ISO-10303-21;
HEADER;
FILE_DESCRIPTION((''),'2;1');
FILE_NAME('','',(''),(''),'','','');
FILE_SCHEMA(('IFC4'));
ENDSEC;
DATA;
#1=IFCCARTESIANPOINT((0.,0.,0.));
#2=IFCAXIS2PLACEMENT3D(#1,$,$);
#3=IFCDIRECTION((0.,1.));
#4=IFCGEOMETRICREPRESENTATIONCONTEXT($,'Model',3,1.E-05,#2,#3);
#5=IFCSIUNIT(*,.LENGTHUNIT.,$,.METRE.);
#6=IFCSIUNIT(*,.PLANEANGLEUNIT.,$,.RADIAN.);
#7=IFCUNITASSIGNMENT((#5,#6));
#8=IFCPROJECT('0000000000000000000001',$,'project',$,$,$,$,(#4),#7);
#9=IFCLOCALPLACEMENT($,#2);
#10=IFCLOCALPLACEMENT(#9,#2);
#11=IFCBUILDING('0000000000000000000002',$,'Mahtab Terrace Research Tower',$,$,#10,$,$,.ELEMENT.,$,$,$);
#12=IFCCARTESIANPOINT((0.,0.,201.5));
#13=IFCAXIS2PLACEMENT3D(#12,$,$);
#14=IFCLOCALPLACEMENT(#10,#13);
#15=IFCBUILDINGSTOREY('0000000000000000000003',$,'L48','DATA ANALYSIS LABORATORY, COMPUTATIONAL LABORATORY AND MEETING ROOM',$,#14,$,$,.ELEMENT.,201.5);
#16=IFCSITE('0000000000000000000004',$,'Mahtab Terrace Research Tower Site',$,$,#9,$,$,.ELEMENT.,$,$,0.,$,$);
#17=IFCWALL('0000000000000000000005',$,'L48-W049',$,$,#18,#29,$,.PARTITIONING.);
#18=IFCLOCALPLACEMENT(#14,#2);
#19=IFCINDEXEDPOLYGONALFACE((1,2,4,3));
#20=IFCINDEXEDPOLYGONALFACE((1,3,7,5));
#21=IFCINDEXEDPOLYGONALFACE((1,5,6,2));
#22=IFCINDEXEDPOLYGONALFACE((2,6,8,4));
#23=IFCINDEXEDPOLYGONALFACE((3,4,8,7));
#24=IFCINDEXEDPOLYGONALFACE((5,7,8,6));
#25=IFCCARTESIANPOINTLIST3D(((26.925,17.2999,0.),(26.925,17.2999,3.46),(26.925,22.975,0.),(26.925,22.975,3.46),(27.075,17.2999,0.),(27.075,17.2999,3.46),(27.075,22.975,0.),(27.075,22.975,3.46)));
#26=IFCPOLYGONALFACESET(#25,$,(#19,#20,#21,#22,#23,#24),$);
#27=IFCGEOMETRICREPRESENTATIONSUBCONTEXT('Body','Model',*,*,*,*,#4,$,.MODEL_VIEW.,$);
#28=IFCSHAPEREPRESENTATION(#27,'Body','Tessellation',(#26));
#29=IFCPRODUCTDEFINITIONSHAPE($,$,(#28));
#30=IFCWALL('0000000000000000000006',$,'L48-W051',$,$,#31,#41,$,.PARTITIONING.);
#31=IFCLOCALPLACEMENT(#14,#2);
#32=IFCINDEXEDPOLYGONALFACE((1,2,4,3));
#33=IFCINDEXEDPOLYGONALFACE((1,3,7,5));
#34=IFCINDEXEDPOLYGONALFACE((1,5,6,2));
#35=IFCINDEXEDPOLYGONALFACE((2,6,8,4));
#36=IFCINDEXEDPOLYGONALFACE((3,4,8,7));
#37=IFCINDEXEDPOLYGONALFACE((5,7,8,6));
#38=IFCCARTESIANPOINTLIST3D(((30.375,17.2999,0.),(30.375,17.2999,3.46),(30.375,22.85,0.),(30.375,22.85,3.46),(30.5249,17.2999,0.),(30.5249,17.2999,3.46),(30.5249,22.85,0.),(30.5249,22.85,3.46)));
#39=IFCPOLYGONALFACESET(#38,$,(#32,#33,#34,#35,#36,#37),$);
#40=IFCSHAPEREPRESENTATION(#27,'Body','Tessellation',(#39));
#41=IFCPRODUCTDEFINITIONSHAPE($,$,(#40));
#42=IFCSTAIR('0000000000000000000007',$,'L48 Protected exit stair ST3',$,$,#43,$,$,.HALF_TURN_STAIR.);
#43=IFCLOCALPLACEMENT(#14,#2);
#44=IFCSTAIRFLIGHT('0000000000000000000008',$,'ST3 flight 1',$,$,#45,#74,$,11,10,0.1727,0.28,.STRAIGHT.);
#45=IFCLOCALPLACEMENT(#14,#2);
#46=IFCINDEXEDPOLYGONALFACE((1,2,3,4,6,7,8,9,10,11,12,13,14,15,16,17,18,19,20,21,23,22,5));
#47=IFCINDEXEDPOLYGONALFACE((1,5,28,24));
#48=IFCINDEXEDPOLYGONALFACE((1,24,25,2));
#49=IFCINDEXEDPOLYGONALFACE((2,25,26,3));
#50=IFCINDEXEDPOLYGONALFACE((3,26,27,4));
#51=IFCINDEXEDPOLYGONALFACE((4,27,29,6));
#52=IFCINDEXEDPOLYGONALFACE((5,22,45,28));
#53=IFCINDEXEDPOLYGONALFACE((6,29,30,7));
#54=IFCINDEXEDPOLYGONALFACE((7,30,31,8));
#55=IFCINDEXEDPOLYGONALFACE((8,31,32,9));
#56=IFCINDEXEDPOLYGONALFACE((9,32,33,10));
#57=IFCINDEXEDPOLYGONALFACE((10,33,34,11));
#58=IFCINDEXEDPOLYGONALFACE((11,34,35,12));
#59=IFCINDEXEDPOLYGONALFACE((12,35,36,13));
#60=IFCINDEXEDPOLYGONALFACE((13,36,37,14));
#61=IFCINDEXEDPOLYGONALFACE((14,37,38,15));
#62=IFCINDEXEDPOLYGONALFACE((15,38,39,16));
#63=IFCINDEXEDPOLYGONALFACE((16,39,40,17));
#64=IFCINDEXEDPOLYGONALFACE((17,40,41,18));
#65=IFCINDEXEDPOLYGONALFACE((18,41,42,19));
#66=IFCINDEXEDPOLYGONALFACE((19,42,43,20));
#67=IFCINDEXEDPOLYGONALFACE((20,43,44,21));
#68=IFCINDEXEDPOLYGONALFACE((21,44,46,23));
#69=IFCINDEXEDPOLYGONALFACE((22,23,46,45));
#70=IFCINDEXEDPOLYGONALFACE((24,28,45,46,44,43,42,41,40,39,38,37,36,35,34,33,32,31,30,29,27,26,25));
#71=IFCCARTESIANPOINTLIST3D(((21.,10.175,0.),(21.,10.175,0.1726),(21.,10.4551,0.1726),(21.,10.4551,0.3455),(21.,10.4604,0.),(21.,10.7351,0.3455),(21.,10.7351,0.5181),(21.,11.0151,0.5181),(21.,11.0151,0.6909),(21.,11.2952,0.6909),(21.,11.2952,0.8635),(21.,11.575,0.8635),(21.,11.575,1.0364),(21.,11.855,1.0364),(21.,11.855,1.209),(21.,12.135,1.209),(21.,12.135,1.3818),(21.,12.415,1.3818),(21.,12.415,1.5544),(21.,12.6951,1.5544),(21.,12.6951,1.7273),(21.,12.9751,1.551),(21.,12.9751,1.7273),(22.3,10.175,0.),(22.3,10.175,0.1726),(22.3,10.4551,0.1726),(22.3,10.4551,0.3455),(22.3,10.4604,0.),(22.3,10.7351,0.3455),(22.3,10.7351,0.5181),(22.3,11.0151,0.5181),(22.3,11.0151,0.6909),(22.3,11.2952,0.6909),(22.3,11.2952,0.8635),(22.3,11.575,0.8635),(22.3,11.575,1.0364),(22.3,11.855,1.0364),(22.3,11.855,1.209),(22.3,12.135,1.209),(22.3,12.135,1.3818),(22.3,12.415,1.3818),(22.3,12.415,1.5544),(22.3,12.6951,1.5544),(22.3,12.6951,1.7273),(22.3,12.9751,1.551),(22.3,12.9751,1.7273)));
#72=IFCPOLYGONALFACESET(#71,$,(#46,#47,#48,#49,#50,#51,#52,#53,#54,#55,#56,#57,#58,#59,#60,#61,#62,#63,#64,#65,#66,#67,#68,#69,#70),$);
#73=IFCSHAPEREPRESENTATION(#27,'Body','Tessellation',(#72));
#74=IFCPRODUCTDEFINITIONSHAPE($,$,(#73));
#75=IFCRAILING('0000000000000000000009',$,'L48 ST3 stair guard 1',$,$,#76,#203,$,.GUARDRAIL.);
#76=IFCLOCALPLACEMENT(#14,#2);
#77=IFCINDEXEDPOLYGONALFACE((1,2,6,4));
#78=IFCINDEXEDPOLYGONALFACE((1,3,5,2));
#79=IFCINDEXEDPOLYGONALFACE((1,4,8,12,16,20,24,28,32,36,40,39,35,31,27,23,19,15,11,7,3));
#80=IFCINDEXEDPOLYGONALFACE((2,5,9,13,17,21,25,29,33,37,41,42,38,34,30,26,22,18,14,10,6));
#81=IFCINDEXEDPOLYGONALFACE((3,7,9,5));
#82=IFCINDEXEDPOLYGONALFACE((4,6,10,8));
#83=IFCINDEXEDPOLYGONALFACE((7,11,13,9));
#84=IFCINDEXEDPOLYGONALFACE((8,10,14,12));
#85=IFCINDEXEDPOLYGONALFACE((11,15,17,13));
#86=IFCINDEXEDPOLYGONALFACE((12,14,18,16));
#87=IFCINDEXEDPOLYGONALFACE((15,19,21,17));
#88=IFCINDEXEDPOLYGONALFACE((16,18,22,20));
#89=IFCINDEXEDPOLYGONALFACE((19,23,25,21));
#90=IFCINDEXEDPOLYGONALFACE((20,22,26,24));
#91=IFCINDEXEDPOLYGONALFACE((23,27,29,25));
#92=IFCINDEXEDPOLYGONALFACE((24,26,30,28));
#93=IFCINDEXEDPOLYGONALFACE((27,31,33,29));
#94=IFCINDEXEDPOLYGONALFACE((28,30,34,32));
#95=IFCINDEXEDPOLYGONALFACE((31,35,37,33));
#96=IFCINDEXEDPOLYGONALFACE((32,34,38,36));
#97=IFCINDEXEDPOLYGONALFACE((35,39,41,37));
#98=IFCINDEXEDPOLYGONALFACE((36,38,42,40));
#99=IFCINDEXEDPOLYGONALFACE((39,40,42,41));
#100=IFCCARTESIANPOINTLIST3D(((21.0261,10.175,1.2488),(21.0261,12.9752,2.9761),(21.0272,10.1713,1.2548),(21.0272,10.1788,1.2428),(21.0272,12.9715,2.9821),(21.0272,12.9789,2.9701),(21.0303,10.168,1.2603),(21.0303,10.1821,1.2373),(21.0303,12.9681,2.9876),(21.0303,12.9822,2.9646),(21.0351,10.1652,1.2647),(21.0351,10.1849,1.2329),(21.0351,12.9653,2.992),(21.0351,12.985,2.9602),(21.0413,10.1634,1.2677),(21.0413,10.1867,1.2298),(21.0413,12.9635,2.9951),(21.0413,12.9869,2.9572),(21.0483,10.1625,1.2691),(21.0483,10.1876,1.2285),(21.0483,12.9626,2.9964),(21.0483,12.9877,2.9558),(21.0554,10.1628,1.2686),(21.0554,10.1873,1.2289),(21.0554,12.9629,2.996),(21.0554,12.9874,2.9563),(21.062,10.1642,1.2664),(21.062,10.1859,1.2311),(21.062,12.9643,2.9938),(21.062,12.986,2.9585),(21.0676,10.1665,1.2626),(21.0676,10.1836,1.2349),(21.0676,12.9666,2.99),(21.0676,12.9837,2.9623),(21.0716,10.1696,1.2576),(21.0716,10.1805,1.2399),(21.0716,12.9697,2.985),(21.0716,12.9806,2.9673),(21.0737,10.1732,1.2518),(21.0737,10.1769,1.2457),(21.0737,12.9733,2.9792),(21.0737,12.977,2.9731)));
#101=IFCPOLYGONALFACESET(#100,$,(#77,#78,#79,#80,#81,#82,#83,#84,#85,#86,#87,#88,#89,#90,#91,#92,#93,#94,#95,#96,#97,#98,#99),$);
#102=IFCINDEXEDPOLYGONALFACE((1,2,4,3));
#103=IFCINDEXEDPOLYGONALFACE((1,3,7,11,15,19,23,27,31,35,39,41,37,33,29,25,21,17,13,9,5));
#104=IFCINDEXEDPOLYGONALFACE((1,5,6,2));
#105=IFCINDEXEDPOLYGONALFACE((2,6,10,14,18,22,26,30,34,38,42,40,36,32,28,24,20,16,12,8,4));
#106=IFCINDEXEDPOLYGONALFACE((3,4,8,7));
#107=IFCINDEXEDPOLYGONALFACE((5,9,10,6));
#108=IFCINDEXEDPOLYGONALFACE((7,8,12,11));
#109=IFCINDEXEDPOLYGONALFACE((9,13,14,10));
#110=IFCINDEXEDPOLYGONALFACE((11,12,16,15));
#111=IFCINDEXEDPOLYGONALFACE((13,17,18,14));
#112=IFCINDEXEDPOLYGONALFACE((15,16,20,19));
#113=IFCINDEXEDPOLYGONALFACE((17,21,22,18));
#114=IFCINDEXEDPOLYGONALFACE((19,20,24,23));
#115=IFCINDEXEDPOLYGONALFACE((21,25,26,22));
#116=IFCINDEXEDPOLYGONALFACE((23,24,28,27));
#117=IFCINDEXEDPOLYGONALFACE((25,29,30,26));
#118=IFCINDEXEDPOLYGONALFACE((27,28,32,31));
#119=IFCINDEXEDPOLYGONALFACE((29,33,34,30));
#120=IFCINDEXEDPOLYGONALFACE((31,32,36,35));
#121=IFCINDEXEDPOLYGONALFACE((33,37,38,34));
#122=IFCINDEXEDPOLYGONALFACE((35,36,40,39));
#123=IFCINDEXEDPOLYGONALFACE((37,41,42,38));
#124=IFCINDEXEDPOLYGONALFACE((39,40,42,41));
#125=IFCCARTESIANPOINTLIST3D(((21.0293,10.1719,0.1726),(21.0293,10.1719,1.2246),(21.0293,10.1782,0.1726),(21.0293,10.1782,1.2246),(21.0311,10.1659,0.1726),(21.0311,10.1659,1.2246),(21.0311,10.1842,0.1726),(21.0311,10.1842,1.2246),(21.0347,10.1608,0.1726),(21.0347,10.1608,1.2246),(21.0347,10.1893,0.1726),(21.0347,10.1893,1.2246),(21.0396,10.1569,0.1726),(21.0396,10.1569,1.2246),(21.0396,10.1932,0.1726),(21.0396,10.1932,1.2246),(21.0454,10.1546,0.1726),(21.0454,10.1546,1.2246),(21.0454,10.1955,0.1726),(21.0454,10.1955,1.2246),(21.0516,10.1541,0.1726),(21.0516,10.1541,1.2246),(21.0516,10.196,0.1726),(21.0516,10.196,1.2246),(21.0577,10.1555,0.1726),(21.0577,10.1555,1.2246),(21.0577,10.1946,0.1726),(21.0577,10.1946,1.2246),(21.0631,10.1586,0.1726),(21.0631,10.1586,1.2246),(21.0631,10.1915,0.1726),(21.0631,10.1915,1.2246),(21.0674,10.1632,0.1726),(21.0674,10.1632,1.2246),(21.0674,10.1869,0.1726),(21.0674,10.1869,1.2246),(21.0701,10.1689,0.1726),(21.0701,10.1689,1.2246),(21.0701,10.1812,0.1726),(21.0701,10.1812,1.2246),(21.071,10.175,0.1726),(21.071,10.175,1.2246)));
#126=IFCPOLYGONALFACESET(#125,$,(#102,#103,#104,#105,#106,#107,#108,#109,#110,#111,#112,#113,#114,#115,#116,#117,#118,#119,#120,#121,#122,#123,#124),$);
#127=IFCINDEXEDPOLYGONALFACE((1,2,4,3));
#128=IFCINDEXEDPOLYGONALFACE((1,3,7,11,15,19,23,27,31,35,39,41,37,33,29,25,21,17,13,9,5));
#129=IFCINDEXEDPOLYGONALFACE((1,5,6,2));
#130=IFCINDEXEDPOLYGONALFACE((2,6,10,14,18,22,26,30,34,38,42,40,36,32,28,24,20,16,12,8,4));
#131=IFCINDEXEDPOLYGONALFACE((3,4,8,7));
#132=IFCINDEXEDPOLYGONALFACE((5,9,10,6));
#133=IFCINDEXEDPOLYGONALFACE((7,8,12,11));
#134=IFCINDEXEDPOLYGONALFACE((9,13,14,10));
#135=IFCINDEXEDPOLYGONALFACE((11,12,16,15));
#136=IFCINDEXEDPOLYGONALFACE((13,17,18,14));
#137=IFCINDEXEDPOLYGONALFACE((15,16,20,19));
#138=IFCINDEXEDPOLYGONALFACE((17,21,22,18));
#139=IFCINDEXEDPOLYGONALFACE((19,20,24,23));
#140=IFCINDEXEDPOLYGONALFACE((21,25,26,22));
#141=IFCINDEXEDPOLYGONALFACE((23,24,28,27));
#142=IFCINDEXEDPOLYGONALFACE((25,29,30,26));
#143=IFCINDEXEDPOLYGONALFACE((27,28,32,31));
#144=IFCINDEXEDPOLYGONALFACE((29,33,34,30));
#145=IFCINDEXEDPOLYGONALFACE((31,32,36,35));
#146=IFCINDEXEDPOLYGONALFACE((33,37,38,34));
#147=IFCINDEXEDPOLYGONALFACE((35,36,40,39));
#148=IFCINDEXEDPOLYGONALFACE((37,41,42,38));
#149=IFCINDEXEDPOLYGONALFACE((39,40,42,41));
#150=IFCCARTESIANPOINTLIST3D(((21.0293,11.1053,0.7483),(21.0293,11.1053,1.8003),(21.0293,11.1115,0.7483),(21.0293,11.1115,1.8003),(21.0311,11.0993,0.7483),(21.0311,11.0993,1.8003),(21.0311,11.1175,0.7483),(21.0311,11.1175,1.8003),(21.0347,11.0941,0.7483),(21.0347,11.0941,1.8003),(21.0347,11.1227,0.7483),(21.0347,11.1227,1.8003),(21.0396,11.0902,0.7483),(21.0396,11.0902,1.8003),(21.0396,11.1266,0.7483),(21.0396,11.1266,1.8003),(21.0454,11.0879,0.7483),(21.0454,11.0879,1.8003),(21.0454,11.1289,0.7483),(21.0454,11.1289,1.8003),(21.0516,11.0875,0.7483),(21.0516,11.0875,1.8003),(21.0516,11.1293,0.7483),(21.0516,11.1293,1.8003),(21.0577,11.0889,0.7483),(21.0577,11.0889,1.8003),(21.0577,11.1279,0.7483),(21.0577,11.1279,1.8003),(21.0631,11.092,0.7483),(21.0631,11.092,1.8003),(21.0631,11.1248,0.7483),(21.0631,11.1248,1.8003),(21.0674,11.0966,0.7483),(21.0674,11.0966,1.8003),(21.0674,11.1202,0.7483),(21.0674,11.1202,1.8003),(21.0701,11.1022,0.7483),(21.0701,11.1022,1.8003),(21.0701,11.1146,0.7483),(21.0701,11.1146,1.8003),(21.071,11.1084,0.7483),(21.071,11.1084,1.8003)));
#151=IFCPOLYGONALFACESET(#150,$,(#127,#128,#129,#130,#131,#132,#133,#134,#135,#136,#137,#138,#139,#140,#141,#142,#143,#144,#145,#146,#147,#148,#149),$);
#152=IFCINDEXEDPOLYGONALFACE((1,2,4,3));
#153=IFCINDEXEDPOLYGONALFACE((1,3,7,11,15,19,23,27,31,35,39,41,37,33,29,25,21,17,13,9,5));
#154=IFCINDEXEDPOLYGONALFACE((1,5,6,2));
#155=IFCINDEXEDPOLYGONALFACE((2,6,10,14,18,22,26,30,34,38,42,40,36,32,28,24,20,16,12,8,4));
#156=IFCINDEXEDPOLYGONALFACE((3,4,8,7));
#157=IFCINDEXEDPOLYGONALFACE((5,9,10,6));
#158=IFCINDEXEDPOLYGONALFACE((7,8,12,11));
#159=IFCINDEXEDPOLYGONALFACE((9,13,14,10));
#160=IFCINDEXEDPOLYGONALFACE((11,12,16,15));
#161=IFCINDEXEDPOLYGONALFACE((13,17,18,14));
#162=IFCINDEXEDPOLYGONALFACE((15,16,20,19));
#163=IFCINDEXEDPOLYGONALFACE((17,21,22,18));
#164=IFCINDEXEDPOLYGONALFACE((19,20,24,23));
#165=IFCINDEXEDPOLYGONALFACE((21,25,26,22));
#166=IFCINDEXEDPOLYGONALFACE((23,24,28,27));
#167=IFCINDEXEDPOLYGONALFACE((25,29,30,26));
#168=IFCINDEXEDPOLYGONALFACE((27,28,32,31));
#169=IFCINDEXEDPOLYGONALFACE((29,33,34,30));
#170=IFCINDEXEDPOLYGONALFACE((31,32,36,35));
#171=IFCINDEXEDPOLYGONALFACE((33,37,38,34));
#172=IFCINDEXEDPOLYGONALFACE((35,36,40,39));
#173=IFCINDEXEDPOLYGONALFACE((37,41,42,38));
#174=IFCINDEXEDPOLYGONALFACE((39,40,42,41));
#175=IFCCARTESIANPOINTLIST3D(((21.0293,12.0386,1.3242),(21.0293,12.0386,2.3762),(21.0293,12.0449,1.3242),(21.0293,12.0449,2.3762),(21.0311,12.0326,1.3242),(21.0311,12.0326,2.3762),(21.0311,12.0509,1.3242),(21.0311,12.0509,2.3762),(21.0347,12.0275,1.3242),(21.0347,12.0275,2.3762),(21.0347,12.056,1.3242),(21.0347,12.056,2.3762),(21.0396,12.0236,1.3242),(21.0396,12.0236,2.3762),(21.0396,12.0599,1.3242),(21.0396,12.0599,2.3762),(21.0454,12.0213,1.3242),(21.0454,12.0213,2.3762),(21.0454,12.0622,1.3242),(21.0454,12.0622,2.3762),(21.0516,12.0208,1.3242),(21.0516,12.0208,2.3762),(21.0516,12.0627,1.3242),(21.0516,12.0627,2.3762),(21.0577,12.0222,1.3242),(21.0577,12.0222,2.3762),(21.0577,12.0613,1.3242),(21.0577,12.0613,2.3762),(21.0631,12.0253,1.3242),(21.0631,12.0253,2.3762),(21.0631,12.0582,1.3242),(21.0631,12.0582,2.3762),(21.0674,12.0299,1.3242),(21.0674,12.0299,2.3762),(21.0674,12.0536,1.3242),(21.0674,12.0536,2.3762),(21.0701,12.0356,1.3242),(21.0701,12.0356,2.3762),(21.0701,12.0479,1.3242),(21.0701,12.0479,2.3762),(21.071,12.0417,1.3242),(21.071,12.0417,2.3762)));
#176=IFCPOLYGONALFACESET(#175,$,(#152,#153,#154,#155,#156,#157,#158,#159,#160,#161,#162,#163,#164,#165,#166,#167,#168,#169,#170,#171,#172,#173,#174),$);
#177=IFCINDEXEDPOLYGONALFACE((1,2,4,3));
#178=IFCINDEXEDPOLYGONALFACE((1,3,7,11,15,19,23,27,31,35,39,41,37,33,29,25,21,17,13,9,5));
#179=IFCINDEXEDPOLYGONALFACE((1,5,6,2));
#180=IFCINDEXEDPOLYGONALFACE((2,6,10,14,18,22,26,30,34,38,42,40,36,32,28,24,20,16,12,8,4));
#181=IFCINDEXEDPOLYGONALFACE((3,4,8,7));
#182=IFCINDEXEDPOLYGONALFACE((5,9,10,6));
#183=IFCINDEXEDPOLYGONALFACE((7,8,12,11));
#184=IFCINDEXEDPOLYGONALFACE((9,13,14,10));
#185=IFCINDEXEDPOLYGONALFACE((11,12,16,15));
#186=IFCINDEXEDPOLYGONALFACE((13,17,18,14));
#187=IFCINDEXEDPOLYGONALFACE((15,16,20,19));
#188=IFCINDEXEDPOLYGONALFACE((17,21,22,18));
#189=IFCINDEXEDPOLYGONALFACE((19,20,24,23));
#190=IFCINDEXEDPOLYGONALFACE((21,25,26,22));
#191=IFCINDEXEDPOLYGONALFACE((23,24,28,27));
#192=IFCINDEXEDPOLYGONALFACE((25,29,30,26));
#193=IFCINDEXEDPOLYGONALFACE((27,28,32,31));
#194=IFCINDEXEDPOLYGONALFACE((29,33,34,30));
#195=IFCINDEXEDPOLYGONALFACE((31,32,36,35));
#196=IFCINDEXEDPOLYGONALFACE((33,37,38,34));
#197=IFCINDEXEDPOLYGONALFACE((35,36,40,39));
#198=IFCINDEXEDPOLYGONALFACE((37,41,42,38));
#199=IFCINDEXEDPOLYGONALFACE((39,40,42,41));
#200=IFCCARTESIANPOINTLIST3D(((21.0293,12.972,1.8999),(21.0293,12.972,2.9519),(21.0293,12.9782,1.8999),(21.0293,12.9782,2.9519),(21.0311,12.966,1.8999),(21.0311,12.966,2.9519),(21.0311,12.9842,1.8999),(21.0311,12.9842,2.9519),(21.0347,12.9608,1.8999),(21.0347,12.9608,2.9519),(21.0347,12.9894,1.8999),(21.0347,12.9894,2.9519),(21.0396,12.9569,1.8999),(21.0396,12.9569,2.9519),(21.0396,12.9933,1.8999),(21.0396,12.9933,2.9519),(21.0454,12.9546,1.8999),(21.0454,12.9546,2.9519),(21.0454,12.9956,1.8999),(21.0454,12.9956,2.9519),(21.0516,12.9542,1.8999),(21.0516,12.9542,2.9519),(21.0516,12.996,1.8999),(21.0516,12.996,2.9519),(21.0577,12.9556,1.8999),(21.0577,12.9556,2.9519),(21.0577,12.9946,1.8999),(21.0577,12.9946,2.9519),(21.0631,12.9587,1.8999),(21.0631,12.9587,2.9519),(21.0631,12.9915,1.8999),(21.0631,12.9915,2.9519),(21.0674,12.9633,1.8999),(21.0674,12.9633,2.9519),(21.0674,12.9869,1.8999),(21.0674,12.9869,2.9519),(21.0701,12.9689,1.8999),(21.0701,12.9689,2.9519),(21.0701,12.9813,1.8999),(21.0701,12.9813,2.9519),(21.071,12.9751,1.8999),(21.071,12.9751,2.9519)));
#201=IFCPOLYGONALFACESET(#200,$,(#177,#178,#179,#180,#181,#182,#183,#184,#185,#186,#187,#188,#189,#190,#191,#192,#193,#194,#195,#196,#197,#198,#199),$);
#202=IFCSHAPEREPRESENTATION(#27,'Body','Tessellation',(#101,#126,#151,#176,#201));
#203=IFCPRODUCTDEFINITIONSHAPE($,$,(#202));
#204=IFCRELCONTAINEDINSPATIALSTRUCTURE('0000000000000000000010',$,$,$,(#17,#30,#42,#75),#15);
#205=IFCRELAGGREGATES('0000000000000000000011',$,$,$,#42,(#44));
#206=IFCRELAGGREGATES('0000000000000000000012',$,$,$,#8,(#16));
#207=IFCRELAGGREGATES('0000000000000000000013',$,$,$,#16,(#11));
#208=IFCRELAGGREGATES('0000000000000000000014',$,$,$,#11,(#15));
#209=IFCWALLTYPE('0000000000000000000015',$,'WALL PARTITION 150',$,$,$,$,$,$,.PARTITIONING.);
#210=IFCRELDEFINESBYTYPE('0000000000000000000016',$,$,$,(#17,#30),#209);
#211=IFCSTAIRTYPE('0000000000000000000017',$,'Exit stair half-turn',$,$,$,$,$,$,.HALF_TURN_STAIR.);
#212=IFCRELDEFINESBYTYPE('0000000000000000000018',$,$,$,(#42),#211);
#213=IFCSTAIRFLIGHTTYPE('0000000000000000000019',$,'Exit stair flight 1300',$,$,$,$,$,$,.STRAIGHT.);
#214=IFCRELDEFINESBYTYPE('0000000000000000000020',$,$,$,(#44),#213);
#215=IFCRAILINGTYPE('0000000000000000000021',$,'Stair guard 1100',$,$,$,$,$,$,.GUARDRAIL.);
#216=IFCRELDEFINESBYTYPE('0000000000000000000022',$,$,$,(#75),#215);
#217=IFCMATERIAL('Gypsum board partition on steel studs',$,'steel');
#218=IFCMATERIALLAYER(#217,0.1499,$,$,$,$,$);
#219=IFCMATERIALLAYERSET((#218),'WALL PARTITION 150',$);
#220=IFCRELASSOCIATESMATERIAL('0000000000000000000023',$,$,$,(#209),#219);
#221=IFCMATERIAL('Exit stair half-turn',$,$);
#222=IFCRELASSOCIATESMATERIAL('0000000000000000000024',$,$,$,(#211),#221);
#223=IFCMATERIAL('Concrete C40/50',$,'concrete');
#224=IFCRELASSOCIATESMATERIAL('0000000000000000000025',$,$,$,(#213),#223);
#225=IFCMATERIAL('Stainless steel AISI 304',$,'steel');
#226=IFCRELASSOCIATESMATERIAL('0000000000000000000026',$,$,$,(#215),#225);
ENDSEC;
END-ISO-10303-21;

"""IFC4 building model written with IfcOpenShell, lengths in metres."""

from ifc_helpers import new_model, si_unit, direction, frame, frame_2d, origin, origin_2d, place, context, subcontext, project, spatial, polyline, rectangle, circle, outline, extrude, material, layer, layer_set, type_object, element, aggregate, save


model = new_model("IFC4")

# Units and contexts
model_context = context("Model", 3, precision=1e-05, world=origin(), true_north=direction((0.0, 1.0)))
body_context = subcontext(model_context, "Body", "Model", "MODEL_VIEW")
ifc_project = project(units=[si_unit("LENGTHUNIT", "METRE"), si_unit("PLANEANGLEUNIT", "RADIAN")], contexts=[model_context])

# Site, building, storey
site_placement = place(None, origin())
site = spatial("IfcSite", under=ifc_project, at=site_placement, Name="Mahtab Terrace Research Tower Site", CompositionType="ELEMENT", RefElevation=0.0)
building_placement = place(site_placement, origin())
building = spatial("IfcBuilding", under=site, at=building_placement, Name="Mahtab Terrace Research Tower", CompositionType="ELEMENT")
storey_placement = place(building_placement, frame((0.0, 0.0, 201.5)))
storey = spatial("IfcBuildingStorey", under=building, at=storey_placement, Name="L48", Description="DATA ANALYSIS LABORATORY, COMPUTATIONAL LABORATORY AND MEETING ROOM", CompositionType="ELEMENT", Elevation=201.5)

# Shared definitions
ifc_material_1 = material(Name="Stainless steel AISI 304", Category="steel")

# Walls
ifc_material_2 = material(Name="Gypsum board partition on steel studs", Category="steel")
ifc_layer_1 = layer(ifc_material_2, 0.1499)
ifc_layer_set_1 = layer_set([ifc_layer_1], Name="WALL PARTITION 150")
wall_type_1 = type_object("IfcWallType", Name="WALL PARTITION 150", PredefinedType="PARTITIONING", material=ifc_layer_set_1)
wall_1_placement = place(storey_placement, frame((27.0, 17.3, 0.0), z_axis=(0.0, 0.0, 1.0), x_axis=(0.0, 1.0, 0.0)))
element("IfcWall", 1, at=wall_1_placement, inside=storey, type_object=wall_type_1, Name="L48-W049", PredefinedType="PARTITIONING", context=body_context, shape_type="SweptSolid", body=[
    extrude(rectangle(XDim=5.675, YDim=0.1499, at=frame_2d((2.8374, 0.0))), origin(), (0.0, 0.0, 1.0), 3.46),
])
wall_2_placement = place(storey_placement, frame((30.45, 17.3, 0.0), z_axis=(0.0, 0.0, 1.0), x_axis=(0.0, 1.0, 0.0)))
element("IfcWall", 2, at=wall_2_placement, inside=storey, type_object=wall_type_1, Name="L48-W051", PredefinedType="PARTITIONING", context=body_context, shape_type="SweptSolid", body=[
    extrude(rectangle(XDim=5.55, YDim=0.1499, at=frame_2d((2.7749, 0.0))), origin(), (0.0, 0.0, 1.0), 3.46),
])

# Stair, stair flight
ifc_material_3 = material(Name="Exit stair half-turn")
stair_type = type_object("IfcStairType", Name="Exit stair half-turn", PredefinedType="HALF_TURN_STAIR", material=ifc_material_3)
stair_placement = place(storey_placement, origin())
stair = element("IfcStair", 3, at=stair_placement, inside=storey, type_object=stair_type, Name="L48 Protected exit stair ST3", PredefinedType="HALF_TURN_STAIR")
ifc_material_4 = material(Name="Concrete C40/50", Category="concrete")
stair_flight_type = type_object("IfcStairFlightType", Name="Exit stair flight 1300", PredefinedType="STRAIGHT", material=ifc_material_4)
stair_flight_placement = place(storey_placement, frame((21.6499, 10.175, 0.0), z_axis=(0.0, 0.0, 1.0), x_axis=(0.0, 1.0, 0.0)))
stair_flight = element("IfcStairFlight", 4, at=stair_flight_placement, type_object=stair_flight_type, Name="ST3 flight 1", NumberOfRisers=11, NumberOfTreads=10, PredefinedType="STRAIGHT", RiserHeight=0.1727, TreadLength=0.28, context=body_context, shape_type="SweptSolid", body=[
    extrude(outline(polyline([(0.0, 0.0), (0.0, 0.1726), (0.28, 0.1726), (0.28, 0.3455), (0.5601, 0.3455), (0.5601, 0.5181), (0.8401, 0.5181), (0.8401, 0.6909), (1.1201, 0.6909), (1.1201, 0.8635), (1.3999, 0.8635), (1.3999, 1.0364), (1.6799, 1.0364), (1.6799, 1.209), (1.96, 1.209), (1.96, 1.3818), (2.24, 1.3818), (2.24, 1.5544), (2.52, 1.5544), (2.52, 1.7273), (2.8, 1.7273), (2.8, 1.8999), (2.8, 1.551), (0.2854, 0.0), (0.0, 0.0)])), frame((0.0, 0.6499, 0.0), z_axis=(0.0, -1.0, 0.0), x_axis=(1.0, 0.0, 0.0)), (0.0, 0.0, 1.0), 1.3),
])
aggregate(stair, [stair_flight])

# Railing
railing_type_1 = type_object("IfcRailingType", Name="Stair guard 1100", PredefinedType="GUARDRAIL", material=ifc_material_1)
railing_1_placement = place(storey_placement, frame((21.05, 10.175, 0.1726)))
element("IfcRailing", 5, at=railing_1_placement, inside=storey, type_object=railing_type_1, Name="L48 ST3 stair guard 1", PredefinedType="GUARDRAIL", context=body_context, shape_type="SweptSolid", body=[
    extrude(circle(Radius=0.0239, at=origin_2d()), frame((0.0, 0.0, 1.0762), z_axis=(0.0, 0.85109, 0.52502), x_axis=(-1.0, 0.0, 0.0)), (0.0, 0.0, 1.0), 3.29),
    extrude(circle(Radius=0.021, at=origin_2d()), origin(), (0.0, 0.0, 1.0), 1.052),
    extrude(circle(Radius=0.021, at=origin_2d()), frame((0.0, 0.9333, 0.5757)), (0.0, 0.0, 1.0), 1.052),
    extrude(circle(Radius=0.021, at=origin_2d()), frame((0.0, 1.8667, 1.1516)), (0.0, 0.0, 1.0), 1.052),
    extrude(circle(Radius=0.021, at=origin_2d()), frame((0.0, 2.8, 1.7273)), (0.0, 0.0, 1.0), 1.052),
])

save(model, "model.ifc")
